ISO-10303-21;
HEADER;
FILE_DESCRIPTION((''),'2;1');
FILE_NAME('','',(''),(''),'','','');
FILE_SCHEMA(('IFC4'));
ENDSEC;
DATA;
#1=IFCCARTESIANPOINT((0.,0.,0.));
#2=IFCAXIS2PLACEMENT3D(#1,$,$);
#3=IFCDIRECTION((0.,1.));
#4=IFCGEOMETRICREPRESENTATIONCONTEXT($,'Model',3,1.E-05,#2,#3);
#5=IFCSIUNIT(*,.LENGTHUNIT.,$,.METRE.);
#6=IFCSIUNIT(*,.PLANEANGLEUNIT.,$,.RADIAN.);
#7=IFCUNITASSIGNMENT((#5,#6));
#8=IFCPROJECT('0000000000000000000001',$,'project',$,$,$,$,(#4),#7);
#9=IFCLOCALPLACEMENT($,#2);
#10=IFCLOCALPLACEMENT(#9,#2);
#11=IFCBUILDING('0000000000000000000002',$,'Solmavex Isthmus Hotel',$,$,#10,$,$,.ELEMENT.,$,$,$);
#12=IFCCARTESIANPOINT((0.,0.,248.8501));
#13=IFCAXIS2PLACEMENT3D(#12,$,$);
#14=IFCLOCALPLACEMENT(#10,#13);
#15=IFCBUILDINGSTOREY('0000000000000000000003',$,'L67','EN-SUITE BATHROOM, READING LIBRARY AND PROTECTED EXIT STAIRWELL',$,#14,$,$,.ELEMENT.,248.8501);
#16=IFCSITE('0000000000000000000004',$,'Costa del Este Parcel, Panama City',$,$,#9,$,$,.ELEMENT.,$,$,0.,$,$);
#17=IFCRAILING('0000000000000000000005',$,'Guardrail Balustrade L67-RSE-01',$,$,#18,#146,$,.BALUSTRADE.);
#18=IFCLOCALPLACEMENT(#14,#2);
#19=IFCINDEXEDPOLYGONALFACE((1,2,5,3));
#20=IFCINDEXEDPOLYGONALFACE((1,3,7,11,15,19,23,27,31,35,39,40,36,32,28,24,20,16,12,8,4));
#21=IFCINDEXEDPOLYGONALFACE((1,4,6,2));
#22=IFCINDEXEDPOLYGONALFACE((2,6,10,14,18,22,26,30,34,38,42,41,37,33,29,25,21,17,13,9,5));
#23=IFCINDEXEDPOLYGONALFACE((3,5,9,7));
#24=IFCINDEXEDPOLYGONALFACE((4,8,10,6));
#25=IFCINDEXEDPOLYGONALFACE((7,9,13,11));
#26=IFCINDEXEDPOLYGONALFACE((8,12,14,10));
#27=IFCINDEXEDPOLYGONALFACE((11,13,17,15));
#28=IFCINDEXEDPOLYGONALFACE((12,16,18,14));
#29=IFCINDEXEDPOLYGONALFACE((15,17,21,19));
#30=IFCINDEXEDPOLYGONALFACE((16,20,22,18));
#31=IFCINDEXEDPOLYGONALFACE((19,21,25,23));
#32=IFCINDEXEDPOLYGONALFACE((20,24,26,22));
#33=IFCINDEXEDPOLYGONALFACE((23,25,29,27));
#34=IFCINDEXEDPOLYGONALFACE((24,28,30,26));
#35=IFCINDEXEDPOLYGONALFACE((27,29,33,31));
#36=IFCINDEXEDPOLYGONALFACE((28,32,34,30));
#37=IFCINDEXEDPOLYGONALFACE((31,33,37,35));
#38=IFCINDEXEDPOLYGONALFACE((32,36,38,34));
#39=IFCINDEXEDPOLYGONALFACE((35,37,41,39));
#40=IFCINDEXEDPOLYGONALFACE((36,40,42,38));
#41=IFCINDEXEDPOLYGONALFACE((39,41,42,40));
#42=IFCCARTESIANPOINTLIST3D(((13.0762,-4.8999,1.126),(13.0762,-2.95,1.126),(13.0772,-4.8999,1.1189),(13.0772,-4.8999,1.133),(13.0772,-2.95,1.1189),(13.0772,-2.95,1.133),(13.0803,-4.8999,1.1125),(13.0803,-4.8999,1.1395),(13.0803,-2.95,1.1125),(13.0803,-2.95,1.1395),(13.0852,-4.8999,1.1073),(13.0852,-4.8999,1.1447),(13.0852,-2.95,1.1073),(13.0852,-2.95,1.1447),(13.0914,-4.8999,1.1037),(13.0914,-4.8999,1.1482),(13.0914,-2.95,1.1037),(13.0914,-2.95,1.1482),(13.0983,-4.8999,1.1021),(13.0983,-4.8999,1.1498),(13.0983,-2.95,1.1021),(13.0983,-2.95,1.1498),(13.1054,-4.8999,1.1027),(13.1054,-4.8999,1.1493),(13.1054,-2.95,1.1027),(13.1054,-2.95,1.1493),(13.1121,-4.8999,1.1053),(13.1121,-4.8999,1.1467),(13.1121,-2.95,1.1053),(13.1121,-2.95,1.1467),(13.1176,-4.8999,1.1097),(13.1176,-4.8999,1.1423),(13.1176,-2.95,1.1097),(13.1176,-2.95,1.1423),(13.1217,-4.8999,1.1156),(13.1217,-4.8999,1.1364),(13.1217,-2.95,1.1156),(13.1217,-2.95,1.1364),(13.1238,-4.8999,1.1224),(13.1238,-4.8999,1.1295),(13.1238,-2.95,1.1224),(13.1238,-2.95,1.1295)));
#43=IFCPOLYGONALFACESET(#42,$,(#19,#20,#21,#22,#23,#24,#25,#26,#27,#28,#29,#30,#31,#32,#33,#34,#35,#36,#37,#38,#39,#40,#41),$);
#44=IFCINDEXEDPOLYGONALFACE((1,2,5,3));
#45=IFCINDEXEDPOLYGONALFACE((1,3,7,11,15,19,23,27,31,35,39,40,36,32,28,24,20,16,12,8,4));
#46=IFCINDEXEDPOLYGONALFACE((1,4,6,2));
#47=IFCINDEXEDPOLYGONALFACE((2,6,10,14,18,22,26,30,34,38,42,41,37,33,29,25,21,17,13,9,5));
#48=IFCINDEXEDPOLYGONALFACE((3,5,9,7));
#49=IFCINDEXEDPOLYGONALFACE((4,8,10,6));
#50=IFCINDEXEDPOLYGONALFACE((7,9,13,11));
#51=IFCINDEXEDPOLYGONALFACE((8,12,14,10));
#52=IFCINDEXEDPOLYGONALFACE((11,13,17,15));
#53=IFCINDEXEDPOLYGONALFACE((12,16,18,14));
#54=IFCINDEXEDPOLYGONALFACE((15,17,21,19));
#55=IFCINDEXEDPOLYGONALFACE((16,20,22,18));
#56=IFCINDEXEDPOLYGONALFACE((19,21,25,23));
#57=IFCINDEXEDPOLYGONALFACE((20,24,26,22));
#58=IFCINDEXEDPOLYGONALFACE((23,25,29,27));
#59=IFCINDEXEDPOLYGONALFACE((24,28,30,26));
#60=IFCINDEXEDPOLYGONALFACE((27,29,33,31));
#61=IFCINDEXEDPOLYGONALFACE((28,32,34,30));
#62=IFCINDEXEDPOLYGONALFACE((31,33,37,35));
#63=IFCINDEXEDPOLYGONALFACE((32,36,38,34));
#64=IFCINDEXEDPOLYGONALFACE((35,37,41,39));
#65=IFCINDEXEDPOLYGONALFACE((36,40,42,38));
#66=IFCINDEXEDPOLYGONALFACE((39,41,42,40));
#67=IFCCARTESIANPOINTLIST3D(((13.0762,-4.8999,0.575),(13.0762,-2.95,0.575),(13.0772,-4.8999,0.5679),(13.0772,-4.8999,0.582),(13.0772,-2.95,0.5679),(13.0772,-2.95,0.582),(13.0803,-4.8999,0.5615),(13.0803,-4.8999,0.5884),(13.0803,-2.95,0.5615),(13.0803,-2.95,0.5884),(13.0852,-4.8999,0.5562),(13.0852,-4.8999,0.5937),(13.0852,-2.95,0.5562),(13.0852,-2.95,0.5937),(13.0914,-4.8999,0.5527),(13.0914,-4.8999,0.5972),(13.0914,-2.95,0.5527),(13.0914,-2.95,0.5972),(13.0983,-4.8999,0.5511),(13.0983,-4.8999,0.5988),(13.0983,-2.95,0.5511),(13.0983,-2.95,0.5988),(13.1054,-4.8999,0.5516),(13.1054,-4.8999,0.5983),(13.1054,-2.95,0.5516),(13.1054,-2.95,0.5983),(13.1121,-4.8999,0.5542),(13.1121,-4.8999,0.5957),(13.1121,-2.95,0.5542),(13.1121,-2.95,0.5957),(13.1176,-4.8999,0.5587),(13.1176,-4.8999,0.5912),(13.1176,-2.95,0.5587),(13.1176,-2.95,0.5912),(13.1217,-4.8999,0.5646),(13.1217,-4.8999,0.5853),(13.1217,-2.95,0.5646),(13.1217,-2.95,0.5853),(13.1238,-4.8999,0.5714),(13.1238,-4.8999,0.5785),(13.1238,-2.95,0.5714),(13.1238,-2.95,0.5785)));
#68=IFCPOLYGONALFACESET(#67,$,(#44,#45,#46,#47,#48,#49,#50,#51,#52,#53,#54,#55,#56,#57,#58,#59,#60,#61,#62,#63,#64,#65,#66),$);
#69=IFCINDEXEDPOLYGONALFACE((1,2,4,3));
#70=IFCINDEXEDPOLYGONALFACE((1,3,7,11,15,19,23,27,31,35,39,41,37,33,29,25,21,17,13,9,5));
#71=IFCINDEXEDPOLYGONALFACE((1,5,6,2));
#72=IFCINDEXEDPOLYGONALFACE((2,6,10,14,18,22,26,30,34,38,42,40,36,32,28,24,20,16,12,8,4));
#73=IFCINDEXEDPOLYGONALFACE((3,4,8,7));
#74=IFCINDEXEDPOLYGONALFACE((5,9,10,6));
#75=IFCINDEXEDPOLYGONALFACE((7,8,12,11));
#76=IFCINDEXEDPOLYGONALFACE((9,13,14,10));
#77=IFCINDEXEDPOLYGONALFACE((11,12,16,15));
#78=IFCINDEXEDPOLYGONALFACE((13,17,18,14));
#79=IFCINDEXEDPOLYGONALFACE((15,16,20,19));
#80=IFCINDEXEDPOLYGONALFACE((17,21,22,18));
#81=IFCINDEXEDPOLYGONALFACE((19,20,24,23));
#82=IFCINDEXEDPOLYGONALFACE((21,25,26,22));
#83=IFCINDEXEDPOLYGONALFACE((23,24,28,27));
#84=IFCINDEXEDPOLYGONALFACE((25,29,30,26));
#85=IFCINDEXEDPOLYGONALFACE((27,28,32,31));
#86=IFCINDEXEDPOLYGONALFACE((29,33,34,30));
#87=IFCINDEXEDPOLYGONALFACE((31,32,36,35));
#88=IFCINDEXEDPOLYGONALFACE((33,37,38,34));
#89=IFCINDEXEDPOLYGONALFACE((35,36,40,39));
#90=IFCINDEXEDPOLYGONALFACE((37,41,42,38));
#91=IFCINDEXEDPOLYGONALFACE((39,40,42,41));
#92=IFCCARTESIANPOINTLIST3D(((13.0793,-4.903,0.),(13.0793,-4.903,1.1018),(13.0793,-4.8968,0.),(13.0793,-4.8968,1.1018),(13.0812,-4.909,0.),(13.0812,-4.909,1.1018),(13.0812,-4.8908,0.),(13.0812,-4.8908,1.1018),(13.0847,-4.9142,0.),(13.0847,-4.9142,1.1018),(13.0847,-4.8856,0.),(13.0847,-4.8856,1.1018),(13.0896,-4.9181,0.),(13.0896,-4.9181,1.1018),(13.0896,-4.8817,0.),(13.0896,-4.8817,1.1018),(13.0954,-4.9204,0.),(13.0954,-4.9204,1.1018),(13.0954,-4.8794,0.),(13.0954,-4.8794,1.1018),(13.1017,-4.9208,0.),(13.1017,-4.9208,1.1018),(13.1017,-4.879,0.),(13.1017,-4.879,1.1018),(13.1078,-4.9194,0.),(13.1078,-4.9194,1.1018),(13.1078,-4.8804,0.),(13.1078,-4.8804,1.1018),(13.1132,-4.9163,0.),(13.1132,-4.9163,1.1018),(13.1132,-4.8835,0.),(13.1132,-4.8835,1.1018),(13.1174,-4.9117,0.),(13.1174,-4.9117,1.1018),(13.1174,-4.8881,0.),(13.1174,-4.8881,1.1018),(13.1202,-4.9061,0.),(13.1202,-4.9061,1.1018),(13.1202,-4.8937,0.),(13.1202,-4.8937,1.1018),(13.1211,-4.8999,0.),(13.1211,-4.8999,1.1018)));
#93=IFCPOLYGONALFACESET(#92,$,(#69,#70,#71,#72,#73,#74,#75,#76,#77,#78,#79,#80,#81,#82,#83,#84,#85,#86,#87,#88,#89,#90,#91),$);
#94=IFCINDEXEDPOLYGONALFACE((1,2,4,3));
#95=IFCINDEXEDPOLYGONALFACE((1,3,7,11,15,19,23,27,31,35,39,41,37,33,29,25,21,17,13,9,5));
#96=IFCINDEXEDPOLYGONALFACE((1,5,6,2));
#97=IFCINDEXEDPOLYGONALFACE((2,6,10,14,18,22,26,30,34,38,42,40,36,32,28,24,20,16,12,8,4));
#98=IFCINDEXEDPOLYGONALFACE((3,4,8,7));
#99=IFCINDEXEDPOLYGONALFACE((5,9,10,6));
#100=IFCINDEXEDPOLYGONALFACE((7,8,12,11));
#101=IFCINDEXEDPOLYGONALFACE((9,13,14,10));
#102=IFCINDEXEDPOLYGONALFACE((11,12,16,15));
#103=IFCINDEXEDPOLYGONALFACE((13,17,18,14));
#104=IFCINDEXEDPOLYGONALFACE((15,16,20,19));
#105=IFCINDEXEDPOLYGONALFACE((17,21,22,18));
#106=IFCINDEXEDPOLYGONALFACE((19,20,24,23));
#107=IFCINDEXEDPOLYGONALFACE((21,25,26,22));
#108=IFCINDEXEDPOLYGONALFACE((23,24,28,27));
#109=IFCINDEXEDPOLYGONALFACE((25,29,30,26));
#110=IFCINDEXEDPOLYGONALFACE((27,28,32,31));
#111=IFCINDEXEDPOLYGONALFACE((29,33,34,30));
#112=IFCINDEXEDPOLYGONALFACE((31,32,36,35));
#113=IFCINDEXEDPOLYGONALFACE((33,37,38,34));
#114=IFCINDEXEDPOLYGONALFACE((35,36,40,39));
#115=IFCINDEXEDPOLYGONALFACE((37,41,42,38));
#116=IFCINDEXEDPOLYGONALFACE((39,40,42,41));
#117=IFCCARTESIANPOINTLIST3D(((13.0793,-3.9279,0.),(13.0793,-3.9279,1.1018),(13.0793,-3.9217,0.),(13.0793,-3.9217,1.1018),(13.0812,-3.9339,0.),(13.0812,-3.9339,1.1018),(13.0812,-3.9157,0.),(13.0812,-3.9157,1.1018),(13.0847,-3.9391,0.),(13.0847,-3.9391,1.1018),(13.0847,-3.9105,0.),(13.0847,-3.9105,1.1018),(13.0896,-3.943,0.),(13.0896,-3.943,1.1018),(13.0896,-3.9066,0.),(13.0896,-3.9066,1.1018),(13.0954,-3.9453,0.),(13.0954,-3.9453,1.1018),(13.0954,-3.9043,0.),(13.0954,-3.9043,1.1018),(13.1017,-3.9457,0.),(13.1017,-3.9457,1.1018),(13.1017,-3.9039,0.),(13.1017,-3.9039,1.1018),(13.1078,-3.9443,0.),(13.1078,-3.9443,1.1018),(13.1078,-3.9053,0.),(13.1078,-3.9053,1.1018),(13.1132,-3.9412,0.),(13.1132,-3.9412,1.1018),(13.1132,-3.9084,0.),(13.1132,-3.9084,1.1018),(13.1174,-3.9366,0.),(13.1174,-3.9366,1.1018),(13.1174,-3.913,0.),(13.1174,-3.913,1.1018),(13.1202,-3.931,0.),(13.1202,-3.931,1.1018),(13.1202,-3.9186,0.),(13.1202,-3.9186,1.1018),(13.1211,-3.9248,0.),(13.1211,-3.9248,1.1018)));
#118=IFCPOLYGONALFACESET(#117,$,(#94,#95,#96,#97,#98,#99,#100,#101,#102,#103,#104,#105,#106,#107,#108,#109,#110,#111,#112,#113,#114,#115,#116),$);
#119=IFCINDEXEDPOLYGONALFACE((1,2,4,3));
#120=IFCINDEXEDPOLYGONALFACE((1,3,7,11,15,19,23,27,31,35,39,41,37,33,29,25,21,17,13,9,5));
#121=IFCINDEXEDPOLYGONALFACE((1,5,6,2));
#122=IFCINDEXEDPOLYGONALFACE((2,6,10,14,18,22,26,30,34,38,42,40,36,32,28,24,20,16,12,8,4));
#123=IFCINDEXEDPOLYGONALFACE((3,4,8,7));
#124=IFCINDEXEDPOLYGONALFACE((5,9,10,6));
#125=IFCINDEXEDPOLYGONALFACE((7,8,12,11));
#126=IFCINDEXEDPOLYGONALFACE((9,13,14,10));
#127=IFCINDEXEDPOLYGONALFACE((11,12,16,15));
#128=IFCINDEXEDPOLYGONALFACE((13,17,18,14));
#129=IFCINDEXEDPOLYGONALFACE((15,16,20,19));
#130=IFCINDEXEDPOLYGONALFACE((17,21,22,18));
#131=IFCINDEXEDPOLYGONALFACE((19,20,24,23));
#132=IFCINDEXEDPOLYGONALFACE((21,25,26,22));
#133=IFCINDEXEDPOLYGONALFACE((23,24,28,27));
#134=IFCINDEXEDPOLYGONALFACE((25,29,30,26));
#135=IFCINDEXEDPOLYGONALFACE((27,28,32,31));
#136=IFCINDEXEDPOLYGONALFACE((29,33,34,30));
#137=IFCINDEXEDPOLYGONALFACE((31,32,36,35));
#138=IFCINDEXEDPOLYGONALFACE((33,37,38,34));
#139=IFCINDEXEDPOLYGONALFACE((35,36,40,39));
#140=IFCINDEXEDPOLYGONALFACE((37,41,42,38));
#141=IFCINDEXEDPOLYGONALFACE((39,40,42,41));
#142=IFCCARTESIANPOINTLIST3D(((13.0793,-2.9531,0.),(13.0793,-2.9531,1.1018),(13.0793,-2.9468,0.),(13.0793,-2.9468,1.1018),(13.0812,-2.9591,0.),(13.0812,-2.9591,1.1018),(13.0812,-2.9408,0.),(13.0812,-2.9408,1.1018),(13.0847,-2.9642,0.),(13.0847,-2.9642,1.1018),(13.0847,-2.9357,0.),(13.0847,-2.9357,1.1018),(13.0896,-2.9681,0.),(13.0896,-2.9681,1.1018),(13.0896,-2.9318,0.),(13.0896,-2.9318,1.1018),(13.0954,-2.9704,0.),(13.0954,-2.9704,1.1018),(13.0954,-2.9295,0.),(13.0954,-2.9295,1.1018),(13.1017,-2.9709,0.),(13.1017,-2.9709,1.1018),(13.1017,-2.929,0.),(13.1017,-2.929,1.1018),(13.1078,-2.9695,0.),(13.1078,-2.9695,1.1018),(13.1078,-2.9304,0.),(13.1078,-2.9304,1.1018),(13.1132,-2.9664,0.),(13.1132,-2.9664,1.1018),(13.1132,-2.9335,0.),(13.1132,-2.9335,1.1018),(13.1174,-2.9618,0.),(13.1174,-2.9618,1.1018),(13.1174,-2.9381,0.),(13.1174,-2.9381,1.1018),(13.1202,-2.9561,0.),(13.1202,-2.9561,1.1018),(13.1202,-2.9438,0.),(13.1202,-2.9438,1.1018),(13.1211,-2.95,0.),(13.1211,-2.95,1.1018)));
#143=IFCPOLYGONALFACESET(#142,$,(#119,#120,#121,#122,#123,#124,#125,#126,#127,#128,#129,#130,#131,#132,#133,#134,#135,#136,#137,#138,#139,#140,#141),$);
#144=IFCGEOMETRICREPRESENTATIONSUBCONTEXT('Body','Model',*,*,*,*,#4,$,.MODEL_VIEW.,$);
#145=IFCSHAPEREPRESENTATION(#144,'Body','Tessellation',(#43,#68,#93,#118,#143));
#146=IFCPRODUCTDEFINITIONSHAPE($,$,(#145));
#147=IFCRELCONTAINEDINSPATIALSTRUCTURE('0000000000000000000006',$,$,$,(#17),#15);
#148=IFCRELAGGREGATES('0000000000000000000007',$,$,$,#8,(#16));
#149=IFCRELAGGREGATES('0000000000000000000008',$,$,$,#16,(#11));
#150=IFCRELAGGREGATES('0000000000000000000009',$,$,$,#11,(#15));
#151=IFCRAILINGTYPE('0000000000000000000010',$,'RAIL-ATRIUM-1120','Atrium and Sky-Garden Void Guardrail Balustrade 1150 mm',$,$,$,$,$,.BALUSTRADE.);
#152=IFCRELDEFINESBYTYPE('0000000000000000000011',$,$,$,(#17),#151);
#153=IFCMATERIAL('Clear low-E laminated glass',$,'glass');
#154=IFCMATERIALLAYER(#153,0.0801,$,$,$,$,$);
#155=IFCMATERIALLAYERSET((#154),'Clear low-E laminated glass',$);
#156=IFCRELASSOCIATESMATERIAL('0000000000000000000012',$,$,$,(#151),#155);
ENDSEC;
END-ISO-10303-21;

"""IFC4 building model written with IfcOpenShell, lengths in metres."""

from ifc_helpers import new_model, si_unit, direction, frame, origin, origin_2d, place, context, subcontext, project, spatial, circle, extrude, material, layer, layer_set, type_object, element, save


model = new_model("IFC4")

# Units and contexts
model_context = context("Model", 3, precision=1e-05, world=origin(), true_north=direction((0.0, 1.0)))
body_context = subcontext(model_context, "Body", "Model", "MODEL_VIEW")
ifc_project = project(units=[si_unit("LENGTHUNIT", "METRE"), si_unit("PLANEANGLEUNIT", "RADIAN")], contexts=[model_context])

# Site, building, storey
site_placement = place(None, origin())
site = spatial("IfcSite", under=ifc_project, at=site_placement, Name="Costa del Este Parcel, Panama City", CompositionType="ELEMENT", RefElevation=0.0)
building_placement = place(site_placement, origin())
building = spatial("IfcBuilding", under=site, at=building_placement, Name="Solmavex Isthmus Hotel", CompositionType="ELEMENT")
storey_placement = place(building_placement, frame((0.0, 0.0, 248.8501)))
storey = spatial("IfcBuildingStorey", under=building, at=storey_placement, Name="L67", Description="EN-SUITE BATHROOM, READING LIBRARY AND PROTECTED EXIT STAIRWELL", CompositionType="ELEMENT", Elevation=248.8501)

# Railing
ifc_material_1 = material(Name="Clear low-E laminated glass", Category="glass")
ifc_layer_1 = layer(ifc_material_1, 0.0801)
ifc_layer_set_1 = layer_set([ifc_layer_1], Name="Clear low-E laminated glass")
railing_type_1 = type_object("IfcRailingType", Name="RAIL-ATRIUM-1120", Description="Atrium and Sky-Garden Void Guardrail Balustrade 1150 mm", PredefinedType="BALUSTRADE", material=ifc_layer_set_1)
railing_1_placement = place(storey_placement, frame((13.1001, -4.8999, 0.0)))
element("IfcRailing", 1, at=railing_1_placement, inside=storey, type_object=railing_type_1, Name="Guardrail Balustrade L67-RSE-01", PredefinedType="BALUSTRADE", context=body_context, shape_type="SweptSolid", body=[
    extrude(circle(Radius=0.0239, at=origin_2d()), frame((0.0, 0.0, 1.126), z_axis=(0.0, 1.0, 0.0), x_axis=(-1.0, 0.0, 0.0)), (0.0, 0.0, 1.0), 1.95),
    extrude(circle(Radius=0.0239, at=origin_2d()), frame((0.0, 0.0, 0.575), z_axis=(0.0, 1.0, 0.0), x_axis=(-1.0, 0.0, 0.0)), (0.0, 0.0, 1.0), 1.95),
    extrude(circle(Radius=0.021, at=origin_2d()), origin(), (0.0, 0.0, 1.0), 1.1018),
    extrude(circle(Radius=0.021, at=origin_2d()), frame((0.0, 0.9751, 0.0)), (0.0, 0.0, 1.0), 1.1018),
    extrude(circle(Radius=0.021, at=origin_2d()), frame((0.0, 1.95, 0.0)), (0.0, 0.0, 1.0), 1.1018),
])

save(model, "model.ifc")
